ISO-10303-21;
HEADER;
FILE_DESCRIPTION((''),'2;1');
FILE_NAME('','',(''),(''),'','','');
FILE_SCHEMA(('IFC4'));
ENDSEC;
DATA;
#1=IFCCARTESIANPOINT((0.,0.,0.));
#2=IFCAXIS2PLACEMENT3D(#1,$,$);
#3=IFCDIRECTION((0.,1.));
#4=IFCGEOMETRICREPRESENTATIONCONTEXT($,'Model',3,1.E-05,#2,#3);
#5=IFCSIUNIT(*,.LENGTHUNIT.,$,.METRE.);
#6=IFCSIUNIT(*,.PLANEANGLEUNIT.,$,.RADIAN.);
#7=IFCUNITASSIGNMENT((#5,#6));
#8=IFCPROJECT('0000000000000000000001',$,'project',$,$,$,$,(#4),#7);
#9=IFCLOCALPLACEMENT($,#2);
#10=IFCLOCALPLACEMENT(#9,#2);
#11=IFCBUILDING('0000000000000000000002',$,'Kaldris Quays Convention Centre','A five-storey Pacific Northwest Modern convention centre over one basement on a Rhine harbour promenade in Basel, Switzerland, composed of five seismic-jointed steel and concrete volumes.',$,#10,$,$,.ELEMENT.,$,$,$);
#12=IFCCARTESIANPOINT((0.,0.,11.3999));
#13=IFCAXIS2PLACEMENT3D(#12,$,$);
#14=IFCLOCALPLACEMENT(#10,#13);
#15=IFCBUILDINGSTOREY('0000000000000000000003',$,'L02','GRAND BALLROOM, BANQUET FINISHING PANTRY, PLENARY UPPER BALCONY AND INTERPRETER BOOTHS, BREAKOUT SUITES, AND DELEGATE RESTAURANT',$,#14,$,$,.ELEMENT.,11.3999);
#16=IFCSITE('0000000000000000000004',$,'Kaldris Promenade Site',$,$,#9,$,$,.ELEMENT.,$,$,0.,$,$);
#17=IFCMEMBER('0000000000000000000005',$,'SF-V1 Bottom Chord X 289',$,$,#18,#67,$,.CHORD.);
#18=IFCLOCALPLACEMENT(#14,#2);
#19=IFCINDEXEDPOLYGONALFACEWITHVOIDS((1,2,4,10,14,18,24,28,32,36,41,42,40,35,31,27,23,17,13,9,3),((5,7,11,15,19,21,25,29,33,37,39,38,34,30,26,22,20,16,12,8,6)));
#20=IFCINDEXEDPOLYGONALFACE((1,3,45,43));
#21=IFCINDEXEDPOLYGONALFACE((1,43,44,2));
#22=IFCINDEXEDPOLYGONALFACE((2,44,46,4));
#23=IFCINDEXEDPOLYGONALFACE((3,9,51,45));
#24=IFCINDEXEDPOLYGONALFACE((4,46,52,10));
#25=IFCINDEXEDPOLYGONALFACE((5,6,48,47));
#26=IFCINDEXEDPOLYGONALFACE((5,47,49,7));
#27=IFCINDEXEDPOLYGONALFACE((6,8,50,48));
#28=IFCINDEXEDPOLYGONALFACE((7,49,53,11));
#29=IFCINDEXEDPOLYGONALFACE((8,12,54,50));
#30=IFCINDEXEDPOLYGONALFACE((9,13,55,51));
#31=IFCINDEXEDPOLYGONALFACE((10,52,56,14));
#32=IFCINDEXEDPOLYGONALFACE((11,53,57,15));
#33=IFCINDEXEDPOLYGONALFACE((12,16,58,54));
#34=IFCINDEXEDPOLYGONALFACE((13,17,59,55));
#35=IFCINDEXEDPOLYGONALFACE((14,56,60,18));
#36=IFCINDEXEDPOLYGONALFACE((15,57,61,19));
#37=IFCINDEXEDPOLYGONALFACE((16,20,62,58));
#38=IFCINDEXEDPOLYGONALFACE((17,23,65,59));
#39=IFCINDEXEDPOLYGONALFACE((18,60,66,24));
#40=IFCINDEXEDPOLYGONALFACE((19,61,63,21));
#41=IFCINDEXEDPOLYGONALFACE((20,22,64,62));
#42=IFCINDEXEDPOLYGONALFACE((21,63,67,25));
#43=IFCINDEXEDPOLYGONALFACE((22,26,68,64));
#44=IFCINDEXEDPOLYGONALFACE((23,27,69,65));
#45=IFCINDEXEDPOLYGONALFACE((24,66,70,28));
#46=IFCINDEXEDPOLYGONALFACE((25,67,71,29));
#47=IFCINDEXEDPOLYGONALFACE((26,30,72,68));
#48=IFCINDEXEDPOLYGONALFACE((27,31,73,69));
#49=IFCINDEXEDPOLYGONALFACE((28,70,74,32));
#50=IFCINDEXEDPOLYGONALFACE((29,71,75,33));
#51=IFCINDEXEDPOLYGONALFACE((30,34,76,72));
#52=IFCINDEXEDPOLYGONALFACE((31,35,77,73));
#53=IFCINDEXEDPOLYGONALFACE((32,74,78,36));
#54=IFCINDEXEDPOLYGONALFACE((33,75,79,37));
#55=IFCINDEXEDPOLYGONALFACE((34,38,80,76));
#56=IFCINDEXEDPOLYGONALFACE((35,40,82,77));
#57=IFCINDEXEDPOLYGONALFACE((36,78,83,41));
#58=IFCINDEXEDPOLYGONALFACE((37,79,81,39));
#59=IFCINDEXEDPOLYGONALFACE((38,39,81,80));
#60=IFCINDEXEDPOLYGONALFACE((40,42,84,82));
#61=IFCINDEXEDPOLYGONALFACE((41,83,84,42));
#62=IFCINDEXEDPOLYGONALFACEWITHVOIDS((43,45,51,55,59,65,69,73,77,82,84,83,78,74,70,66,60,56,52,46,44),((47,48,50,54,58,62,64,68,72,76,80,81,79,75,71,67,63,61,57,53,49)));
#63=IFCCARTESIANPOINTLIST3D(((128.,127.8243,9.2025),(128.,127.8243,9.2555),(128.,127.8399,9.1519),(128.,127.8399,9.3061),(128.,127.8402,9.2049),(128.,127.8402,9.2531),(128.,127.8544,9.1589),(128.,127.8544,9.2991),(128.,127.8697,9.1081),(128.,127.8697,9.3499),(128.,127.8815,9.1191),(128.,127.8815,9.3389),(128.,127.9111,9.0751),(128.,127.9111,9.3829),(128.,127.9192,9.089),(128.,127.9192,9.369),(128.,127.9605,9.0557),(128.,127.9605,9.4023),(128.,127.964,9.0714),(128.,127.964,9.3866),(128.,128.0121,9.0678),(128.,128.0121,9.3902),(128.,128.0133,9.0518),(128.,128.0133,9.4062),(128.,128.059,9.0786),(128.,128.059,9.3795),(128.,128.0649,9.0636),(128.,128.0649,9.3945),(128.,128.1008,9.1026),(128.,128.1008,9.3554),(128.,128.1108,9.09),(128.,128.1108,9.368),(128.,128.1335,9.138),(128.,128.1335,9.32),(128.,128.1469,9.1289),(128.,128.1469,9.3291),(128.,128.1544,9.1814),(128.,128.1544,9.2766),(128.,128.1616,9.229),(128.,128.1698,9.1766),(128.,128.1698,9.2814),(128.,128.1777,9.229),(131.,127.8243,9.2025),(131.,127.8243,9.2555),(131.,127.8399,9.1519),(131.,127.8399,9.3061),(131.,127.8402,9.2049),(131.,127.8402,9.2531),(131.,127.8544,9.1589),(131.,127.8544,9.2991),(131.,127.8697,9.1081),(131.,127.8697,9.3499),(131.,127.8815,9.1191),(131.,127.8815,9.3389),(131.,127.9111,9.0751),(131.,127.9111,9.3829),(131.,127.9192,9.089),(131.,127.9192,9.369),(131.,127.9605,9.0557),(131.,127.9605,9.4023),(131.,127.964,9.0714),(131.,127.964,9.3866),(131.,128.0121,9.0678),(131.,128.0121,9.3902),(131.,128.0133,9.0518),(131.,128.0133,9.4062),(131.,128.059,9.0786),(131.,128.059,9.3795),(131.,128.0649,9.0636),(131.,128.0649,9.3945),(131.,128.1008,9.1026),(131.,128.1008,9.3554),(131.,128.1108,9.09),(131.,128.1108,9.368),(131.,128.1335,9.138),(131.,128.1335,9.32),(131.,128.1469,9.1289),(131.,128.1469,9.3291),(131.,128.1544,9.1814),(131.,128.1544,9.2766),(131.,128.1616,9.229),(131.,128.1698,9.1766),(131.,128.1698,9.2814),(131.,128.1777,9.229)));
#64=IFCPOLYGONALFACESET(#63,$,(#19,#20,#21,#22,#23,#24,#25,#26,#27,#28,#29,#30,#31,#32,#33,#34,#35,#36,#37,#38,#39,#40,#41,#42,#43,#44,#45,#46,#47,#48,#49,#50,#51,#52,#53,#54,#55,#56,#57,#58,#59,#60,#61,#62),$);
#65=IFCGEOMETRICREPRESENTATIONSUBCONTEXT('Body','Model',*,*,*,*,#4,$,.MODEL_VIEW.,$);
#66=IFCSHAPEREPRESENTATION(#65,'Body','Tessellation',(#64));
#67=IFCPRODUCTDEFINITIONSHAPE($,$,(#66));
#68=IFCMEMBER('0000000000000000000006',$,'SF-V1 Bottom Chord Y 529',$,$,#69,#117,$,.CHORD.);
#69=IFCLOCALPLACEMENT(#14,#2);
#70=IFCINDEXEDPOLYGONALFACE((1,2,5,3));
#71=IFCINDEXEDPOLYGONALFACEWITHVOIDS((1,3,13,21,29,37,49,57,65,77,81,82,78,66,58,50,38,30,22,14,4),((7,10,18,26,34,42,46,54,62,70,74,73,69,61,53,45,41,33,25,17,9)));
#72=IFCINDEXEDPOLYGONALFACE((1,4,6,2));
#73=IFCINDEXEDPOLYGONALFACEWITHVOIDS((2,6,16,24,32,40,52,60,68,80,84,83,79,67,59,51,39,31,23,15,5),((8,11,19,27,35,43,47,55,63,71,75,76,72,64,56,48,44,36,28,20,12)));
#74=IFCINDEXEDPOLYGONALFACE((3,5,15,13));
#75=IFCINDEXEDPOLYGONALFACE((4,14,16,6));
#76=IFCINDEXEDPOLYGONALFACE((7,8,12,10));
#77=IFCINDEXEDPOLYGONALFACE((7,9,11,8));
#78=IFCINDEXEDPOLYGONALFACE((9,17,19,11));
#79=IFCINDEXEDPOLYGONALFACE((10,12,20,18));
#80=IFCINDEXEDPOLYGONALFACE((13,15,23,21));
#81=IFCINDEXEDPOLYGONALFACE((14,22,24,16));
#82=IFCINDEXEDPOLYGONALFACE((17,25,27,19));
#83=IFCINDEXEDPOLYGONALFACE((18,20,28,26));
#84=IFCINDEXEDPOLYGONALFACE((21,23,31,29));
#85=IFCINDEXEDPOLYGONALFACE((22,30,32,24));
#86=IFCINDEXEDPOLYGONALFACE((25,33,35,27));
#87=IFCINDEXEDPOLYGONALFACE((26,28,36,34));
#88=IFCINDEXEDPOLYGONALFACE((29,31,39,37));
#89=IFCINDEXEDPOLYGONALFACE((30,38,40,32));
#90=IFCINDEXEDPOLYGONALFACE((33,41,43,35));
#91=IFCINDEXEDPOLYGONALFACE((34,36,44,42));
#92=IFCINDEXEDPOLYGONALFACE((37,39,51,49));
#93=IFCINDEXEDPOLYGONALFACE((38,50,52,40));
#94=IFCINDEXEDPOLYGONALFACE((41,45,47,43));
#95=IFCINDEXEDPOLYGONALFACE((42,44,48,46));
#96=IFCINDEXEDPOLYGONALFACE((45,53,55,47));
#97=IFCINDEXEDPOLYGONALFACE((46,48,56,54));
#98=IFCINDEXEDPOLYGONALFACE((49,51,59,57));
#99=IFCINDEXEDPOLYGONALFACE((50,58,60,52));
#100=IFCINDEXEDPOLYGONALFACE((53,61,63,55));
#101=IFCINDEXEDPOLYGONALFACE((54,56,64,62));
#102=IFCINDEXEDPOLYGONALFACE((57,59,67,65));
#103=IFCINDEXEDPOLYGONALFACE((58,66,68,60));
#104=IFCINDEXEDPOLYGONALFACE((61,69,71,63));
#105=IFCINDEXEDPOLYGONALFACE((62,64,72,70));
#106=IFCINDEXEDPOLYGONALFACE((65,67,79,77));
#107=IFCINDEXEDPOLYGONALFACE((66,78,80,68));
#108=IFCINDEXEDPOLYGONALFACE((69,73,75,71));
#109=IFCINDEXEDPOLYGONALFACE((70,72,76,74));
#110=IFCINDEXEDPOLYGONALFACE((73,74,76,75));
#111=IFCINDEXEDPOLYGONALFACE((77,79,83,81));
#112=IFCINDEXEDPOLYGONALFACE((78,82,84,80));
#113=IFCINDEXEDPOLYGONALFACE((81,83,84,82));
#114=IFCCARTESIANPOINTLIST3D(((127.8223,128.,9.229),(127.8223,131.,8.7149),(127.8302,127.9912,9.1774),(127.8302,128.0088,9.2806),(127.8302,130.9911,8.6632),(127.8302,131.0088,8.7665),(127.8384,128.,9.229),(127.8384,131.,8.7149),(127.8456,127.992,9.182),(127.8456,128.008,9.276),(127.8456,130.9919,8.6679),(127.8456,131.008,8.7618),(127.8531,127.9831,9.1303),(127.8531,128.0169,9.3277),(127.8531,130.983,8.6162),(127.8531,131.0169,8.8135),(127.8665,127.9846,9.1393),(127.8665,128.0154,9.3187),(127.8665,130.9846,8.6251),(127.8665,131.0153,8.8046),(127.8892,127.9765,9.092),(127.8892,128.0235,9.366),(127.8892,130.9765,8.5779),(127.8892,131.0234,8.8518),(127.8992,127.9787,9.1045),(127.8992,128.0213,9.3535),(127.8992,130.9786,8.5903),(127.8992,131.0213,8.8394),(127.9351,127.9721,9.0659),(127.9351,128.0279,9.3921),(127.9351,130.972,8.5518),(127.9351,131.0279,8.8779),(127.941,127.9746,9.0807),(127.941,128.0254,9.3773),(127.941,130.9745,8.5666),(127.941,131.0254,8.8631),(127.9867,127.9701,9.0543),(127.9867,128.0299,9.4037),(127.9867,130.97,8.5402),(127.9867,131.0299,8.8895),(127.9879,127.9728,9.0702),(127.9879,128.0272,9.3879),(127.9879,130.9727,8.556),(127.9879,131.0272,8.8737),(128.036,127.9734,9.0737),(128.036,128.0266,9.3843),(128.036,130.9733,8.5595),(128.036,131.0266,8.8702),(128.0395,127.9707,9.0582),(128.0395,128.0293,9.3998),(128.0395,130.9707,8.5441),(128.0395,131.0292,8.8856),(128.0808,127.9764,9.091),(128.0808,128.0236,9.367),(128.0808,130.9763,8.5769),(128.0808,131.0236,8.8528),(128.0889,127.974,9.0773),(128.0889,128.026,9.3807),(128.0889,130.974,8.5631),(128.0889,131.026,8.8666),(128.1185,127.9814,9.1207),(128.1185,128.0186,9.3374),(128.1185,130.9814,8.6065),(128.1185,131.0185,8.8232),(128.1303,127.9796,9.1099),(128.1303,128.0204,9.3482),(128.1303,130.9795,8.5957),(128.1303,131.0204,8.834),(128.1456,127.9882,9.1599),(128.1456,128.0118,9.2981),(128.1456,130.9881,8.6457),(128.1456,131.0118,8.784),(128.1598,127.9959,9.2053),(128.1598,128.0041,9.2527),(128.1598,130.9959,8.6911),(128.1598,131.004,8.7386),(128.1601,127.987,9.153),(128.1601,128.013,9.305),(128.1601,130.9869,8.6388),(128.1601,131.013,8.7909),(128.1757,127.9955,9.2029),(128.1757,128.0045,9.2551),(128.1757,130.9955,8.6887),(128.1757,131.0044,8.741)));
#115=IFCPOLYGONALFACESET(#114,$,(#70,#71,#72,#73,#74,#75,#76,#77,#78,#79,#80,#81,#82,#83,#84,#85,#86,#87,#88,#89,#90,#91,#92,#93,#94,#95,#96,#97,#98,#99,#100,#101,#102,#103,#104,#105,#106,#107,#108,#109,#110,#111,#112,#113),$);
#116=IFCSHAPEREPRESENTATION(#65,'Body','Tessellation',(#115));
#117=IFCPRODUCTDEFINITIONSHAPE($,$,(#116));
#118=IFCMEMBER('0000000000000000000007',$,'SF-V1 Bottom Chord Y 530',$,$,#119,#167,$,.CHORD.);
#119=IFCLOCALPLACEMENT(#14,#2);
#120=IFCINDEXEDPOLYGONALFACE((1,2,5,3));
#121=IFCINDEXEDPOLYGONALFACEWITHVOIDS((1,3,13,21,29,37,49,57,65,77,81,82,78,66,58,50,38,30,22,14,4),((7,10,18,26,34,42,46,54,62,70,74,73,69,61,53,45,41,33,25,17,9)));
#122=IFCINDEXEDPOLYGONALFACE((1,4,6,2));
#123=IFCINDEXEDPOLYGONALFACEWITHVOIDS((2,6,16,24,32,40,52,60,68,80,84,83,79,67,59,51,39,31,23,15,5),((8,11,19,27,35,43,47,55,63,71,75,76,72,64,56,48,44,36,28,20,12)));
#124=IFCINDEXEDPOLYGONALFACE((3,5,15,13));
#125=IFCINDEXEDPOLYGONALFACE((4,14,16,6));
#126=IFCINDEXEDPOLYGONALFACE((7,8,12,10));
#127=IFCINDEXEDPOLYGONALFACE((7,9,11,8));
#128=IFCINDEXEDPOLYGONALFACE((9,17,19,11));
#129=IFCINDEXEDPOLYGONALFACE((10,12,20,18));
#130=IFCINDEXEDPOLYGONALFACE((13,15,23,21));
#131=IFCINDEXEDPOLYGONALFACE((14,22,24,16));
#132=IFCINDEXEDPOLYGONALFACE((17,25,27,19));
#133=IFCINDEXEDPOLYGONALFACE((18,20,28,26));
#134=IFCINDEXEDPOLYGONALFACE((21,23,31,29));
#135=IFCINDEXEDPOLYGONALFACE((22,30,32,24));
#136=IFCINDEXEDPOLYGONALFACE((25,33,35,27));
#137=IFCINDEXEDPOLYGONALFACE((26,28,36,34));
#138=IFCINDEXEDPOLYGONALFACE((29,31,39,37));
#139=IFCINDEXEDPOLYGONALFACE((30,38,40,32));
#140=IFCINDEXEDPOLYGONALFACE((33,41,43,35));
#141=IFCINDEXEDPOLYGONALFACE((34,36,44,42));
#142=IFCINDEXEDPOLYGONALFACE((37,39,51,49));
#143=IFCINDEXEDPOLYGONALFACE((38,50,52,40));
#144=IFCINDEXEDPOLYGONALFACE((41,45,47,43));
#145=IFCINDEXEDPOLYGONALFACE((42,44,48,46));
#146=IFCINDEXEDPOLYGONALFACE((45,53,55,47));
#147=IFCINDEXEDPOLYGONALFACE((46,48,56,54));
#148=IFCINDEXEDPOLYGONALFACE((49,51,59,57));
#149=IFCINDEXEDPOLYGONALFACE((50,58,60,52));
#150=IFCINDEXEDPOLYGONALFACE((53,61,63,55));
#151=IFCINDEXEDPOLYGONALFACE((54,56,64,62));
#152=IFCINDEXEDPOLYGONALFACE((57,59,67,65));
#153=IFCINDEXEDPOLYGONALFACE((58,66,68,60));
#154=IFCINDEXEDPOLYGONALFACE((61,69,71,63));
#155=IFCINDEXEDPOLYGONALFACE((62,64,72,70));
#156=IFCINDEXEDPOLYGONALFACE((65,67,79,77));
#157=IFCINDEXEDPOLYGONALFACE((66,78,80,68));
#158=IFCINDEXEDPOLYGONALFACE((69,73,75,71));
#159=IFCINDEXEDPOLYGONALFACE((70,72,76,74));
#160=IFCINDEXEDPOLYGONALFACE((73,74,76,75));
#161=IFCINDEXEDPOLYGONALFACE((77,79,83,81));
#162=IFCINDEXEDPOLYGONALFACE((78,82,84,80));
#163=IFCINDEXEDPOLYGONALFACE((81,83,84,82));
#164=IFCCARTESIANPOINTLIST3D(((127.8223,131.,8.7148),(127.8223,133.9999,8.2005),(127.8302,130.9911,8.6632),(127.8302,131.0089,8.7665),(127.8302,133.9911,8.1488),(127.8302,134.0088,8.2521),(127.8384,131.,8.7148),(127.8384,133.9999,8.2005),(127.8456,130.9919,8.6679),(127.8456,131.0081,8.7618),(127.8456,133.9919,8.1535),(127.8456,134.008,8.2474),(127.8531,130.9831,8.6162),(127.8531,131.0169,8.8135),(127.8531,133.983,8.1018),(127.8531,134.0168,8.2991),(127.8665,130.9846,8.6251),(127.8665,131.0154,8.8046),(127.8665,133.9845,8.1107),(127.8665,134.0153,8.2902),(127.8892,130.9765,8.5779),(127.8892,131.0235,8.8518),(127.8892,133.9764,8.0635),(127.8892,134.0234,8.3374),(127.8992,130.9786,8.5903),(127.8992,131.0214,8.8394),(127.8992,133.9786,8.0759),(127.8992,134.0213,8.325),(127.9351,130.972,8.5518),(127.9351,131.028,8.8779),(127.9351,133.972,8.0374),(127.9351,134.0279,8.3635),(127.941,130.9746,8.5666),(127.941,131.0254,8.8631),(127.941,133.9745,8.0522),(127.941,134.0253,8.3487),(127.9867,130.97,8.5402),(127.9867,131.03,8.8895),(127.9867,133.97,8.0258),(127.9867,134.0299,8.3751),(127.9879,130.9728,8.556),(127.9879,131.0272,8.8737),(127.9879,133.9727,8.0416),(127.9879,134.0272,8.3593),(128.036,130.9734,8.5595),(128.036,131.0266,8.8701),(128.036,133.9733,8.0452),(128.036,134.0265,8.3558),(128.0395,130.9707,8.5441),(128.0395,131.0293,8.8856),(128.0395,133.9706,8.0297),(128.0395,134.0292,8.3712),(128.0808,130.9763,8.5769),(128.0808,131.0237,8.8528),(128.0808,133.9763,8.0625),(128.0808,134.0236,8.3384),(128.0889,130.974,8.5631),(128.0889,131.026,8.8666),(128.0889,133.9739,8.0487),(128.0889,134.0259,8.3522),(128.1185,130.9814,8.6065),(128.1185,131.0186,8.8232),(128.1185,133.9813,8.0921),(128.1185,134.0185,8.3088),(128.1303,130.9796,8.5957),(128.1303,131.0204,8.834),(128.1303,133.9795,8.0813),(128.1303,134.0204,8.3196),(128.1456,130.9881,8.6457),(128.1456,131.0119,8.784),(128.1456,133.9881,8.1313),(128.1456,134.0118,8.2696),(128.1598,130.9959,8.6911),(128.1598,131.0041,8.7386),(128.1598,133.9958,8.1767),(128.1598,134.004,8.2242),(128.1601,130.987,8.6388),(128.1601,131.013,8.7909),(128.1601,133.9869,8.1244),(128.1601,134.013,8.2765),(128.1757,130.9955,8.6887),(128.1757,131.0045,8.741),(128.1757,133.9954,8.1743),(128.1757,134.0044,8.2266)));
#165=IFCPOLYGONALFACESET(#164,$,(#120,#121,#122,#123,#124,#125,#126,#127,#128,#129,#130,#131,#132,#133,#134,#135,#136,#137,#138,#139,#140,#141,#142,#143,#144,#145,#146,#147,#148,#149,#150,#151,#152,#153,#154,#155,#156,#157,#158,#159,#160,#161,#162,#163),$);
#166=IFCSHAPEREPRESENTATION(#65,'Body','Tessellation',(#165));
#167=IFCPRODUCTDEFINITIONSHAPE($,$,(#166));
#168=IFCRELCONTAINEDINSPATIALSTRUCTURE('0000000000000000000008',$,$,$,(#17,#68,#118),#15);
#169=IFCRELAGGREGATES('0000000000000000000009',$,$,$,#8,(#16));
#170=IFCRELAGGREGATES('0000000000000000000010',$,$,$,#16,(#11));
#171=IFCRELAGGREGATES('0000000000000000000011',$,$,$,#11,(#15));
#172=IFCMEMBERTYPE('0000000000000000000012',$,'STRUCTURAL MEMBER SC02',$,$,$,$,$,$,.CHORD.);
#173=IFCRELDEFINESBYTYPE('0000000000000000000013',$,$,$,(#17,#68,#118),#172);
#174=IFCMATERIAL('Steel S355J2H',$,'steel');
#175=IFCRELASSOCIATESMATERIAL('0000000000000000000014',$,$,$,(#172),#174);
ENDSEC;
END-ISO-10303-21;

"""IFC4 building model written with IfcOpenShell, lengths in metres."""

from ifc_helpers import new_model, si_unit, direction, frame, origin, origin_2d, place, context, subcontext, project, spatial, hollow_circle, extrude, material, material_profile, profile_set, type_object, element, save


model = new_model("IFC4")

# Units and contexts
model_context = context("Model", 3, precision=1e-05, world=origin(), true_north=direction((0.0, 1.0)))
body_context = subcontext(model_context, "Body", "Model", "MODEL_VIEW")
ifc_project = project(units=[si_unit("LENGTHUNIT", "METRE"), si_unit("PLANEANGLEUNIT", "RADIAN")], contexts=[model_context])

# Site, building, storey
site_placement = place(None, origin())
site = spatial("IfcSite", under=ifc_project, at=site_placement, Name="Kaldris Promenade Site", CompositionType="ELEMENT", RefElevation=0.0)
building_placement = place(site_placement, origin())
building = spatial("IfcBuilding", under=site, at=building_placement, Name="Kaldris Quays Convention Centre", Description="A five-storey Pacific Northwest Modern convention centre over one basement on a Rhine harbour promenade in Basel, Switzerland, composed of five seismic-jointed steel and concrete volumes.", CompositionType="ELEMENT")
storey_placement = place(building_placement, frame((0.0, 0.0, 11.3999)))
storey = spatial("IfcBuildingStorey", under=building, at=storey_placement, Name="L02", Description="GRAND BALLROOM, BANQUET FINISHING PANTRY, PLENARY UPPER BALCONY AND INTERPRETER BOOTHS, BREAKOUT SUITES, AND DELEGATE RESTAURANT", CompositionType="ELEMENT", Elevation=11.3999)

# Members
ifc_material_1 = material(Name="Steel S355J2H", Category="steel")
ifc_material_profile_1 = material_profile(ifc_material_1, hollow_circle(Radius=0.1777, WallThickness=0.0161, at=origin_2d()), Name="CHS 355.6x16")
ifc_profile_set_1 = profile_set([ifc_material_profile_1], Name="Steel S355J2H")
member_type_1 = type_object("IfcMemberType", Name="STRUCTURAL MEMBER SC02", PredefinedType="CHORD", material=ifc_profile_set_1)
for number, where, z_axis, x_axis, name in (
    (1, (128.0, 128.0, 9.229), (1.0, 0.0, 0.0), (0.0, 1.0, 0.0), "SF-V1 Bottom Chord X 289"),
):
    element("IfcMember", number, at=place(storey_placement, frame(where, z_axis=z_axis, x_axis=x_axis)), inside=storey, type_object=member_type_1, Name=name, PredefinedType="CHORD", context=body_context, shape_type="SweptSolid", body=[
        extrude(hollow_circle(Radius=0.1777, WallThickness=0.0161, at=origin_2d()), origin(), (0.0, 0.0, 1.0), 3.0),
    ])
for number, where, z_axis, x_axis, name in (
    (2, (128.0, 128.0, 9.229), (0.0, 0.985629, -0.168924), (-1.0, 0.0, 0.0), "SF-V1 Bottom Chord Y 529"),
    (3, (128.0, 131.0, 8.7148), (0.0, 0.985616, -0.169002), (-1.0, 0.0, 0.0), "SF-V1 Bottom Chord Y 530"),
):
    element("IfcMember", number, at=place(storey_placement, frame(where, z_axis=z_axis, x_axis=x_axis)), inside=storey, type_object=member_type_1, Name=name, PredefinedType="CHORD", context=body_context, shape_type="SweptSolid", body=[
        extrude(hollow_circle(Radius=0.1777, WallThickness=0.0161, at=origin_2d()), origin(), (0.0, 0.0, 1.0), 3.0437),
    ])

save(model, "model.ifc")
